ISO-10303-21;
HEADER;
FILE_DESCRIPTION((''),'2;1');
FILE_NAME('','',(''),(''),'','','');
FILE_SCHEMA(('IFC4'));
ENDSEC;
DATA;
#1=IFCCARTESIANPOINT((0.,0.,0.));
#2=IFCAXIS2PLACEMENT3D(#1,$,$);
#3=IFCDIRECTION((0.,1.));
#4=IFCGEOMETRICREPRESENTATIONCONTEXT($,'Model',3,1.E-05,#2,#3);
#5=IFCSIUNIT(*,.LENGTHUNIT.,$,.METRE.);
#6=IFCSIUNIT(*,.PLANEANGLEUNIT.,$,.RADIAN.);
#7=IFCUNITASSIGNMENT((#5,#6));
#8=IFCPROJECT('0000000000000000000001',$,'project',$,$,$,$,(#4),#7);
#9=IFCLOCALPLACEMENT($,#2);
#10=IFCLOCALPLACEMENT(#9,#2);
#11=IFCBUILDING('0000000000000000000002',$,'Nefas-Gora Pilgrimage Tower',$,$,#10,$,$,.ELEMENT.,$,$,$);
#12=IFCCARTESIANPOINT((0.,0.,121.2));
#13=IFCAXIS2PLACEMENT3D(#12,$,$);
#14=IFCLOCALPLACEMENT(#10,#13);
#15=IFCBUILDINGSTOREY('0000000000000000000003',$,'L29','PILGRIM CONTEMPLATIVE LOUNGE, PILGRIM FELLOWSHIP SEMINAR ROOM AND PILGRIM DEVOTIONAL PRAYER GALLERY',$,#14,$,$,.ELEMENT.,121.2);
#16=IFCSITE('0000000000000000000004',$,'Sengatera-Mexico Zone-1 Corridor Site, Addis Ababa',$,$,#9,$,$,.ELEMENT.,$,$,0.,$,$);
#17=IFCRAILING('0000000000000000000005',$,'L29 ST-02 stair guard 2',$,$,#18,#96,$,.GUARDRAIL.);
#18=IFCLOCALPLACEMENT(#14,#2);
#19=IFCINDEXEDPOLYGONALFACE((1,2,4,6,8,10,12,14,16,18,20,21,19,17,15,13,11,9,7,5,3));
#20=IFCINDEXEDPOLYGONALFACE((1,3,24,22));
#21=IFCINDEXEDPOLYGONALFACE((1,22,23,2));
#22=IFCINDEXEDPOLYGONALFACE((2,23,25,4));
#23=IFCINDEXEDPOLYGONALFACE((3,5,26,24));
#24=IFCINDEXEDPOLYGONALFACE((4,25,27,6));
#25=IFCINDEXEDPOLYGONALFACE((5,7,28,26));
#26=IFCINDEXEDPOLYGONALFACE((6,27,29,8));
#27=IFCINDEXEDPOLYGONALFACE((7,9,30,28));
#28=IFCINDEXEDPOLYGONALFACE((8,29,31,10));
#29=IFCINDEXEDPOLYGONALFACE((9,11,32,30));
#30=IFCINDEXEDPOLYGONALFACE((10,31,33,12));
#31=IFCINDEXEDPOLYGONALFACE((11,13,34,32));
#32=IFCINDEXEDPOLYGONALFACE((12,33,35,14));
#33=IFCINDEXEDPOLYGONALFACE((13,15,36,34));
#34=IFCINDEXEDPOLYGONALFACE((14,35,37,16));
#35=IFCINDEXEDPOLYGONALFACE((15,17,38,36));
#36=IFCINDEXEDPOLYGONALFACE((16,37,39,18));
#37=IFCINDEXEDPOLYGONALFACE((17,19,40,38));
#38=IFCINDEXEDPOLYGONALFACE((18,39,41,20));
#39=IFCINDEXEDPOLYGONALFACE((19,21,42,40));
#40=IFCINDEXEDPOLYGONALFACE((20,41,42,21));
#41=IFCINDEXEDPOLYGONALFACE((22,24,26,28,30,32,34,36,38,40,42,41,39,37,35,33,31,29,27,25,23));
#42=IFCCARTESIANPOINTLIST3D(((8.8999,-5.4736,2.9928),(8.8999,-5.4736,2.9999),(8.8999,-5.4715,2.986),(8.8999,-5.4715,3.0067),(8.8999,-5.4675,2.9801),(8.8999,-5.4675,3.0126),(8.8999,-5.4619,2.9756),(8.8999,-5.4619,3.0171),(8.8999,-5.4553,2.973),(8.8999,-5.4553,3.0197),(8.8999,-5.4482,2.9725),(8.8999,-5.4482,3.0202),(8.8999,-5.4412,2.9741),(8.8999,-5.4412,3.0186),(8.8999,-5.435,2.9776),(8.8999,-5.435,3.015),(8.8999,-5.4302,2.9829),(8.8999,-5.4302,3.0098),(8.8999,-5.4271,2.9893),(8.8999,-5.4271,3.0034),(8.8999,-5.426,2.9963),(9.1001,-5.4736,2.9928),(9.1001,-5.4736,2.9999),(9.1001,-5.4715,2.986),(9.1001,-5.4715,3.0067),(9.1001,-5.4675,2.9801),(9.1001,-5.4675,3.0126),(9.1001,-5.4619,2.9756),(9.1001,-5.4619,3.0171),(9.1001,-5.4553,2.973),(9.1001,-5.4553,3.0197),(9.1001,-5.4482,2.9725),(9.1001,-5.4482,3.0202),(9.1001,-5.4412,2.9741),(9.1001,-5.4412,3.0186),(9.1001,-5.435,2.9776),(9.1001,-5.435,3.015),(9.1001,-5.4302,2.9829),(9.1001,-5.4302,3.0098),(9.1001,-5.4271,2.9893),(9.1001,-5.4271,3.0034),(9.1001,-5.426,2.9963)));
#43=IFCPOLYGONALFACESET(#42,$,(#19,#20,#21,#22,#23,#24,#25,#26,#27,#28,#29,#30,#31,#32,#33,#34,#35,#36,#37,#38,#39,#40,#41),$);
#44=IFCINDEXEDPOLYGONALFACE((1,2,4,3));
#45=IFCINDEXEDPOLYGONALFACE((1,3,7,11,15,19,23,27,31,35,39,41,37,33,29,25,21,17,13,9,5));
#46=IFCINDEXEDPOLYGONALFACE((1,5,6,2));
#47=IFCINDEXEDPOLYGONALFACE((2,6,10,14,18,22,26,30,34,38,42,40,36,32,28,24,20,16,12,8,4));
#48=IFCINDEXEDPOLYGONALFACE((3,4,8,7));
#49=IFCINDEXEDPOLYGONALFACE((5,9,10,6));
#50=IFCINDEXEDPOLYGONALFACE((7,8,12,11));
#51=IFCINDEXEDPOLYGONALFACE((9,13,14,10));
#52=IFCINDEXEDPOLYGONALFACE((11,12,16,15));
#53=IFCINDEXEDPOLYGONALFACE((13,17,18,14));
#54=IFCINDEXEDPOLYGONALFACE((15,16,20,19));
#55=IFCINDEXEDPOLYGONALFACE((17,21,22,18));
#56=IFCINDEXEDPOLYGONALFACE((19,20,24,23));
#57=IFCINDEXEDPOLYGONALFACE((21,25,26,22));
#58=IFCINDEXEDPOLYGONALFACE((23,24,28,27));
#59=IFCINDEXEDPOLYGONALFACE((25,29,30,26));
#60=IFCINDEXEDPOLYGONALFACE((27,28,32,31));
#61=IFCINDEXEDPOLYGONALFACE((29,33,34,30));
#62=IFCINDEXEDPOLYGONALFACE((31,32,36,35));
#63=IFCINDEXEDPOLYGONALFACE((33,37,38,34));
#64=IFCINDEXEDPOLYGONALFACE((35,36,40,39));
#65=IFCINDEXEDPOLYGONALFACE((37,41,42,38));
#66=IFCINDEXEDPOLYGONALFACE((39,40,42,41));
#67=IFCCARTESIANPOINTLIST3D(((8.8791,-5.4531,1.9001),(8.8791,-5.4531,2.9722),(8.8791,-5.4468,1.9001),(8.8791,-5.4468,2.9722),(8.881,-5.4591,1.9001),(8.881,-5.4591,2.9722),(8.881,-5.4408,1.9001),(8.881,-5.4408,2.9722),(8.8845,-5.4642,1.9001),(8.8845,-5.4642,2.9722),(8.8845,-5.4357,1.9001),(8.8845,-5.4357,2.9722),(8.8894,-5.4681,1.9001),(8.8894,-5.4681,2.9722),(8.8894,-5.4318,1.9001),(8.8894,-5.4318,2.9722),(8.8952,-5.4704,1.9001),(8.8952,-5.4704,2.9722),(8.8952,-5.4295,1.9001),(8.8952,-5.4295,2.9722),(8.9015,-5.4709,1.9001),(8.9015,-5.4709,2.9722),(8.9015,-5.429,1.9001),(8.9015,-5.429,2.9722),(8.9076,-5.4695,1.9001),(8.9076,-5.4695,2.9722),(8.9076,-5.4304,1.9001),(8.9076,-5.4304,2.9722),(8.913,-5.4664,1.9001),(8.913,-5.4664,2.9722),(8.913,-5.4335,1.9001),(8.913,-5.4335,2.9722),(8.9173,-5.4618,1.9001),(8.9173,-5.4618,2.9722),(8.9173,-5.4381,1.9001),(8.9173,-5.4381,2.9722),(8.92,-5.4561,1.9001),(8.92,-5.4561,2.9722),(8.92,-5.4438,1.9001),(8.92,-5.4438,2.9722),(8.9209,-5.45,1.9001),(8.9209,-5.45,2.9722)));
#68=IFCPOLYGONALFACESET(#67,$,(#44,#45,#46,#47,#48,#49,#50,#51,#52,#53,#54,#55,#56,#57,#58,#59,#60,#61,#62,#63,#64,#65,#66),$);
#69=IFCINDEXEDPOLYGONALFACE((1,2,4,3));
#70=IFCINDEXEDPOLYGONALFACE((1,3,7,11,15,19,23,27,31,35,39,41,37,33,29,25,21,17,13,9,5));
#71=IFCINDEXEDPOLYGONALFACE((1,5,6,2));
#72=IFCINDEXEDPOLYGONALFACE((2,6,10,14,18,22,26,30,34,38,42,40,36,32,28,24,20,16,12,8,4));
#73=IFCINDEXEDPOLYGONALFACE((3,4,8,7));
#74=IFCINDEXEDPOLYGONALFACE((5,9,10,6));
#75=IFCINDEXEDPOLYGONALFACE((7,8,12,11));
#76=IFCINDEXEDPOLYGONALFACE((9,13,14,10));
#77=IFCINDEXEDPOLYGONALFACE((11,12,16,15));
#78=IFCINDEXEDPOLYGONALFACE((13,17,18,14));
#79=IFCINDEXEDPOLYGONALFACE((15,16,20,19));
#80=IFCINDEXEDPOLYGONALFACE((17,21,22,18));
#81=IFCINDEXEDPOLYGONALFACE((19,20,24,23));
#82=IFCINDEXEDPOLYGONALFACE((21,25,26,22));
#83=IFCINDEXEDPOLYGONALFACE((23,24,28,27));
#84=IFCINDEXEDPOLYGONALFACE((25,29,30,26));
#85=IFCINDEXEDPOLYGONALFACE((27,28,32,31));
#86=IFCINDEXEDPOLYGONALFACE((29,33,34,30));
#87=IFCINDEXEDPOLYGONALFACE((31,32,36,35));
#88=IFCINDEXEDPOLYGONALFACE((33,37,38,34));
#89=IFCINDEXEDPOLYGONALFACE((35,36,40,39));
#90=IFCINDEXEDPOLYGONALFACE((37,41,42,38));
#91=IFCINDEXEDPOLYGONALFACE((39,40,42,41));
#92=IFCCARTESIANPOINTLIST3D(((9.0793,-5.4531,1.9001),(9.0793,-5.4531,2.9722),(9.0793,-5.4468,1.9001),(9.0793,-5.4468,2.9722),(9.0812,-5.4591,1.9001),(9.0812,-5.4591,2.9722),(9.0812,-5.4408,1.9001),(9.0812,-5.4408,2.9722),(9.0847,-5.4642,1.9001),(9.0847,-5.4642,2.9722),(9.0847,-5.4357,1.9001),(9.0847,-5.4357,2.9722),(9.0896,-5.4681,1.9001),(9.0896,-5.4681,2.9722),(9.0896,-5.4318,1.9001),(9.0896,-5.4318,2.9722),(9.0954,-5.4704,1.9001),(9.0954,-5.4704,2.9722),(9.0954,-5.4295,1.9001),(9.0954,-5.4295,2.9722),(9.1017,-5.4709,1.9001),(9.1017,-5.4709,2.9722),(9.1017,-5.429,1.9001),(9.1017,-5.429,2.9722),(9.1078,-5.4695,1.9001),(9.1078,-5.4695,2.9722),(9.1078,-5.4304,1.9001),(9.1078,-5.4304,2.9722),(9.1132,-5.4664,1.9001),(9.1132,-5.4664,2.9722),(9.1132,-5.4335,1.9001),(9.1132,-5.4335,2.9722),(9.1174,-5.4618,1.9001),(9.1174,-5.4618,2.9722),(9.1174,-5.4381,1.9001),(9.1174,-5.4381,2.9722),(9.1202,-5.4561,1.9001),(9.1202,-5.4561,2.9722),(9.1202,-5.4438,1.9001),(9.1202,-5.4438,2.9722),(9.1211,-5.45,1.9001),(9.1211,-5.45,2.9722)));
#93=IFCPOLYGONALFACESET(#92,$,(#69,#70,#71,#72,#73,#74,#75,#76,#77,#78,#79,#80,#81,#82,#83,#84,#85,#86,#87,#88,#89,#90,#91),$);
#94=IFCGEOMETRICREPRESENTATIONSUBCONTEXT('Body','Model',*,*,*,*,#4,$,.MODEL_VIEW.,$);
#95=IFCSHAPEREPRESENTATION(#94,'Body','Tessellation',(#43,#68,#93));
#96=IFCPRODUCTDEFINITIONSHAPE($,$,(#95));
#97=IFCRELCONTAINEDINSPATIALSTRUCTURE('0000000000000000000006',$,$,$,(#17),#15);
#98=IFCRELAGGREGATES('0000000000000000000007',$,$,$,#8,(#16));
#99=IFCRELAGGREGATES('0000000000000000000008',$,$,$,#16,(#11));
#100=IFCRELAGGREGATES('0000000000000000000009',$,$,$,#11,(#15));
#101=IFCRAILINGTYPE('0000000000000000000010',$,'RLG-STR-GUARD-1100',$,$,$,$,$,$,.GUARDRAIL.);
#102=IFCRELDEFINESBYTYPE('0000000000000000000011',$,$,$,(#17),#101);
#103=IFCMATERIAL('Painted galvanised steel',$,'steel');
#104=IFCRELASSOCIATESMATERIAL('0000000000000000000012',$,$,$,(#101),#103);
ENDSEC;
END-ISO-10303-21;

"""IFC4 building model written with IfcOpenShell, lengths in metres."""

from ifc_helpers import new_model, si_unit, direction, frame, origin, origin_2d, place, context, subcontext, project, spatial, circle, extrude, material, type_object, element, save


model = new_model("IFC4")

# Units and contexts
model_context = context("Model", 3, precision=1e-05, world=origin(), true_north=direction((0.0, 1.0)))
body_context = subcontext(model_context, "Body", "Model", "MODEL_VIEW")
ifc_project = project(units=[si_unit("LENGTHUNIT", "METRE"), si_unit("PLANEANGLEUNIT", "RADIAN")], contexts=[model_context])

# Site, building, storey
site_placement = place(None, origin())
site = spatial("IfcSite", under=ifc_project, at=site_placement, Name="Sengatera-Mexico Zone-1 Corridor Site, Addis Ababa", CompositionType="ELEMENT", RefElevation=0.0)
building_placement = place(site_placement, origin())
building = spatial("IfcBuilding", under=site, at=building_placement, Name="Nefas-Gora Pilgrimage Tower", CompositionType="ELEMENT")
storey_placement = place(building_placement, frame((0.0, 0.0, 121.2)))
storey = spatial("IfcBuildingStorey", under=building, at=storey_placement, Name="L29", Description="PILGRIM CONTEMPLATIVE LOUNGE, PILGRIM FELLOWSHIP SEMINAR ROOM AND PILGRIM DEVOTIONAL PRAYER GALLERY", CompositionType="ELEMENT", Elevation=121.2)

# Railing
ifc_material_1 = material(Name="Painted galvanised steel", Category="steel")
railing_type_1 = type_object("IfcRailingType", Name="RLG-STR-GUARD-1100", PredefinedType="GUARDRAIL", material=ifc_material_1)
railing_1_placement = place(storey_placement, frame((8.8999, -5.45, 1.9001)))
element("IfcRailing", 1, at=railing_1_placement, inside=storey, type_object=railing_type_1, Name="L29 ST-02 stair guard 2", PredefinedType="GUARDRAIL", context=body_context, shape_type="SweptSolid", body=[
    extrude(circle(Radius=0.0239, at=origin_2d()), frame((0.0, 0.0, 1.0962), z_axis=(1.0, 0.0, 0.0), x_axis=(0.0, 1.0, 0.0)), (0.0, 0.0, 1.0), 0.2002),
    extrude(circle(Radius=0.021, at=origin_2d()), origin(), (0.0, 0.0, 1.0), 1.072),
    extrude(circle(Radius=0.021, at=origin_2d()), frame((0.2002, 0.0, 0.0)), (0.0, 0.0, 1.0), 1.072),
])

save(model, "model.ifc")
